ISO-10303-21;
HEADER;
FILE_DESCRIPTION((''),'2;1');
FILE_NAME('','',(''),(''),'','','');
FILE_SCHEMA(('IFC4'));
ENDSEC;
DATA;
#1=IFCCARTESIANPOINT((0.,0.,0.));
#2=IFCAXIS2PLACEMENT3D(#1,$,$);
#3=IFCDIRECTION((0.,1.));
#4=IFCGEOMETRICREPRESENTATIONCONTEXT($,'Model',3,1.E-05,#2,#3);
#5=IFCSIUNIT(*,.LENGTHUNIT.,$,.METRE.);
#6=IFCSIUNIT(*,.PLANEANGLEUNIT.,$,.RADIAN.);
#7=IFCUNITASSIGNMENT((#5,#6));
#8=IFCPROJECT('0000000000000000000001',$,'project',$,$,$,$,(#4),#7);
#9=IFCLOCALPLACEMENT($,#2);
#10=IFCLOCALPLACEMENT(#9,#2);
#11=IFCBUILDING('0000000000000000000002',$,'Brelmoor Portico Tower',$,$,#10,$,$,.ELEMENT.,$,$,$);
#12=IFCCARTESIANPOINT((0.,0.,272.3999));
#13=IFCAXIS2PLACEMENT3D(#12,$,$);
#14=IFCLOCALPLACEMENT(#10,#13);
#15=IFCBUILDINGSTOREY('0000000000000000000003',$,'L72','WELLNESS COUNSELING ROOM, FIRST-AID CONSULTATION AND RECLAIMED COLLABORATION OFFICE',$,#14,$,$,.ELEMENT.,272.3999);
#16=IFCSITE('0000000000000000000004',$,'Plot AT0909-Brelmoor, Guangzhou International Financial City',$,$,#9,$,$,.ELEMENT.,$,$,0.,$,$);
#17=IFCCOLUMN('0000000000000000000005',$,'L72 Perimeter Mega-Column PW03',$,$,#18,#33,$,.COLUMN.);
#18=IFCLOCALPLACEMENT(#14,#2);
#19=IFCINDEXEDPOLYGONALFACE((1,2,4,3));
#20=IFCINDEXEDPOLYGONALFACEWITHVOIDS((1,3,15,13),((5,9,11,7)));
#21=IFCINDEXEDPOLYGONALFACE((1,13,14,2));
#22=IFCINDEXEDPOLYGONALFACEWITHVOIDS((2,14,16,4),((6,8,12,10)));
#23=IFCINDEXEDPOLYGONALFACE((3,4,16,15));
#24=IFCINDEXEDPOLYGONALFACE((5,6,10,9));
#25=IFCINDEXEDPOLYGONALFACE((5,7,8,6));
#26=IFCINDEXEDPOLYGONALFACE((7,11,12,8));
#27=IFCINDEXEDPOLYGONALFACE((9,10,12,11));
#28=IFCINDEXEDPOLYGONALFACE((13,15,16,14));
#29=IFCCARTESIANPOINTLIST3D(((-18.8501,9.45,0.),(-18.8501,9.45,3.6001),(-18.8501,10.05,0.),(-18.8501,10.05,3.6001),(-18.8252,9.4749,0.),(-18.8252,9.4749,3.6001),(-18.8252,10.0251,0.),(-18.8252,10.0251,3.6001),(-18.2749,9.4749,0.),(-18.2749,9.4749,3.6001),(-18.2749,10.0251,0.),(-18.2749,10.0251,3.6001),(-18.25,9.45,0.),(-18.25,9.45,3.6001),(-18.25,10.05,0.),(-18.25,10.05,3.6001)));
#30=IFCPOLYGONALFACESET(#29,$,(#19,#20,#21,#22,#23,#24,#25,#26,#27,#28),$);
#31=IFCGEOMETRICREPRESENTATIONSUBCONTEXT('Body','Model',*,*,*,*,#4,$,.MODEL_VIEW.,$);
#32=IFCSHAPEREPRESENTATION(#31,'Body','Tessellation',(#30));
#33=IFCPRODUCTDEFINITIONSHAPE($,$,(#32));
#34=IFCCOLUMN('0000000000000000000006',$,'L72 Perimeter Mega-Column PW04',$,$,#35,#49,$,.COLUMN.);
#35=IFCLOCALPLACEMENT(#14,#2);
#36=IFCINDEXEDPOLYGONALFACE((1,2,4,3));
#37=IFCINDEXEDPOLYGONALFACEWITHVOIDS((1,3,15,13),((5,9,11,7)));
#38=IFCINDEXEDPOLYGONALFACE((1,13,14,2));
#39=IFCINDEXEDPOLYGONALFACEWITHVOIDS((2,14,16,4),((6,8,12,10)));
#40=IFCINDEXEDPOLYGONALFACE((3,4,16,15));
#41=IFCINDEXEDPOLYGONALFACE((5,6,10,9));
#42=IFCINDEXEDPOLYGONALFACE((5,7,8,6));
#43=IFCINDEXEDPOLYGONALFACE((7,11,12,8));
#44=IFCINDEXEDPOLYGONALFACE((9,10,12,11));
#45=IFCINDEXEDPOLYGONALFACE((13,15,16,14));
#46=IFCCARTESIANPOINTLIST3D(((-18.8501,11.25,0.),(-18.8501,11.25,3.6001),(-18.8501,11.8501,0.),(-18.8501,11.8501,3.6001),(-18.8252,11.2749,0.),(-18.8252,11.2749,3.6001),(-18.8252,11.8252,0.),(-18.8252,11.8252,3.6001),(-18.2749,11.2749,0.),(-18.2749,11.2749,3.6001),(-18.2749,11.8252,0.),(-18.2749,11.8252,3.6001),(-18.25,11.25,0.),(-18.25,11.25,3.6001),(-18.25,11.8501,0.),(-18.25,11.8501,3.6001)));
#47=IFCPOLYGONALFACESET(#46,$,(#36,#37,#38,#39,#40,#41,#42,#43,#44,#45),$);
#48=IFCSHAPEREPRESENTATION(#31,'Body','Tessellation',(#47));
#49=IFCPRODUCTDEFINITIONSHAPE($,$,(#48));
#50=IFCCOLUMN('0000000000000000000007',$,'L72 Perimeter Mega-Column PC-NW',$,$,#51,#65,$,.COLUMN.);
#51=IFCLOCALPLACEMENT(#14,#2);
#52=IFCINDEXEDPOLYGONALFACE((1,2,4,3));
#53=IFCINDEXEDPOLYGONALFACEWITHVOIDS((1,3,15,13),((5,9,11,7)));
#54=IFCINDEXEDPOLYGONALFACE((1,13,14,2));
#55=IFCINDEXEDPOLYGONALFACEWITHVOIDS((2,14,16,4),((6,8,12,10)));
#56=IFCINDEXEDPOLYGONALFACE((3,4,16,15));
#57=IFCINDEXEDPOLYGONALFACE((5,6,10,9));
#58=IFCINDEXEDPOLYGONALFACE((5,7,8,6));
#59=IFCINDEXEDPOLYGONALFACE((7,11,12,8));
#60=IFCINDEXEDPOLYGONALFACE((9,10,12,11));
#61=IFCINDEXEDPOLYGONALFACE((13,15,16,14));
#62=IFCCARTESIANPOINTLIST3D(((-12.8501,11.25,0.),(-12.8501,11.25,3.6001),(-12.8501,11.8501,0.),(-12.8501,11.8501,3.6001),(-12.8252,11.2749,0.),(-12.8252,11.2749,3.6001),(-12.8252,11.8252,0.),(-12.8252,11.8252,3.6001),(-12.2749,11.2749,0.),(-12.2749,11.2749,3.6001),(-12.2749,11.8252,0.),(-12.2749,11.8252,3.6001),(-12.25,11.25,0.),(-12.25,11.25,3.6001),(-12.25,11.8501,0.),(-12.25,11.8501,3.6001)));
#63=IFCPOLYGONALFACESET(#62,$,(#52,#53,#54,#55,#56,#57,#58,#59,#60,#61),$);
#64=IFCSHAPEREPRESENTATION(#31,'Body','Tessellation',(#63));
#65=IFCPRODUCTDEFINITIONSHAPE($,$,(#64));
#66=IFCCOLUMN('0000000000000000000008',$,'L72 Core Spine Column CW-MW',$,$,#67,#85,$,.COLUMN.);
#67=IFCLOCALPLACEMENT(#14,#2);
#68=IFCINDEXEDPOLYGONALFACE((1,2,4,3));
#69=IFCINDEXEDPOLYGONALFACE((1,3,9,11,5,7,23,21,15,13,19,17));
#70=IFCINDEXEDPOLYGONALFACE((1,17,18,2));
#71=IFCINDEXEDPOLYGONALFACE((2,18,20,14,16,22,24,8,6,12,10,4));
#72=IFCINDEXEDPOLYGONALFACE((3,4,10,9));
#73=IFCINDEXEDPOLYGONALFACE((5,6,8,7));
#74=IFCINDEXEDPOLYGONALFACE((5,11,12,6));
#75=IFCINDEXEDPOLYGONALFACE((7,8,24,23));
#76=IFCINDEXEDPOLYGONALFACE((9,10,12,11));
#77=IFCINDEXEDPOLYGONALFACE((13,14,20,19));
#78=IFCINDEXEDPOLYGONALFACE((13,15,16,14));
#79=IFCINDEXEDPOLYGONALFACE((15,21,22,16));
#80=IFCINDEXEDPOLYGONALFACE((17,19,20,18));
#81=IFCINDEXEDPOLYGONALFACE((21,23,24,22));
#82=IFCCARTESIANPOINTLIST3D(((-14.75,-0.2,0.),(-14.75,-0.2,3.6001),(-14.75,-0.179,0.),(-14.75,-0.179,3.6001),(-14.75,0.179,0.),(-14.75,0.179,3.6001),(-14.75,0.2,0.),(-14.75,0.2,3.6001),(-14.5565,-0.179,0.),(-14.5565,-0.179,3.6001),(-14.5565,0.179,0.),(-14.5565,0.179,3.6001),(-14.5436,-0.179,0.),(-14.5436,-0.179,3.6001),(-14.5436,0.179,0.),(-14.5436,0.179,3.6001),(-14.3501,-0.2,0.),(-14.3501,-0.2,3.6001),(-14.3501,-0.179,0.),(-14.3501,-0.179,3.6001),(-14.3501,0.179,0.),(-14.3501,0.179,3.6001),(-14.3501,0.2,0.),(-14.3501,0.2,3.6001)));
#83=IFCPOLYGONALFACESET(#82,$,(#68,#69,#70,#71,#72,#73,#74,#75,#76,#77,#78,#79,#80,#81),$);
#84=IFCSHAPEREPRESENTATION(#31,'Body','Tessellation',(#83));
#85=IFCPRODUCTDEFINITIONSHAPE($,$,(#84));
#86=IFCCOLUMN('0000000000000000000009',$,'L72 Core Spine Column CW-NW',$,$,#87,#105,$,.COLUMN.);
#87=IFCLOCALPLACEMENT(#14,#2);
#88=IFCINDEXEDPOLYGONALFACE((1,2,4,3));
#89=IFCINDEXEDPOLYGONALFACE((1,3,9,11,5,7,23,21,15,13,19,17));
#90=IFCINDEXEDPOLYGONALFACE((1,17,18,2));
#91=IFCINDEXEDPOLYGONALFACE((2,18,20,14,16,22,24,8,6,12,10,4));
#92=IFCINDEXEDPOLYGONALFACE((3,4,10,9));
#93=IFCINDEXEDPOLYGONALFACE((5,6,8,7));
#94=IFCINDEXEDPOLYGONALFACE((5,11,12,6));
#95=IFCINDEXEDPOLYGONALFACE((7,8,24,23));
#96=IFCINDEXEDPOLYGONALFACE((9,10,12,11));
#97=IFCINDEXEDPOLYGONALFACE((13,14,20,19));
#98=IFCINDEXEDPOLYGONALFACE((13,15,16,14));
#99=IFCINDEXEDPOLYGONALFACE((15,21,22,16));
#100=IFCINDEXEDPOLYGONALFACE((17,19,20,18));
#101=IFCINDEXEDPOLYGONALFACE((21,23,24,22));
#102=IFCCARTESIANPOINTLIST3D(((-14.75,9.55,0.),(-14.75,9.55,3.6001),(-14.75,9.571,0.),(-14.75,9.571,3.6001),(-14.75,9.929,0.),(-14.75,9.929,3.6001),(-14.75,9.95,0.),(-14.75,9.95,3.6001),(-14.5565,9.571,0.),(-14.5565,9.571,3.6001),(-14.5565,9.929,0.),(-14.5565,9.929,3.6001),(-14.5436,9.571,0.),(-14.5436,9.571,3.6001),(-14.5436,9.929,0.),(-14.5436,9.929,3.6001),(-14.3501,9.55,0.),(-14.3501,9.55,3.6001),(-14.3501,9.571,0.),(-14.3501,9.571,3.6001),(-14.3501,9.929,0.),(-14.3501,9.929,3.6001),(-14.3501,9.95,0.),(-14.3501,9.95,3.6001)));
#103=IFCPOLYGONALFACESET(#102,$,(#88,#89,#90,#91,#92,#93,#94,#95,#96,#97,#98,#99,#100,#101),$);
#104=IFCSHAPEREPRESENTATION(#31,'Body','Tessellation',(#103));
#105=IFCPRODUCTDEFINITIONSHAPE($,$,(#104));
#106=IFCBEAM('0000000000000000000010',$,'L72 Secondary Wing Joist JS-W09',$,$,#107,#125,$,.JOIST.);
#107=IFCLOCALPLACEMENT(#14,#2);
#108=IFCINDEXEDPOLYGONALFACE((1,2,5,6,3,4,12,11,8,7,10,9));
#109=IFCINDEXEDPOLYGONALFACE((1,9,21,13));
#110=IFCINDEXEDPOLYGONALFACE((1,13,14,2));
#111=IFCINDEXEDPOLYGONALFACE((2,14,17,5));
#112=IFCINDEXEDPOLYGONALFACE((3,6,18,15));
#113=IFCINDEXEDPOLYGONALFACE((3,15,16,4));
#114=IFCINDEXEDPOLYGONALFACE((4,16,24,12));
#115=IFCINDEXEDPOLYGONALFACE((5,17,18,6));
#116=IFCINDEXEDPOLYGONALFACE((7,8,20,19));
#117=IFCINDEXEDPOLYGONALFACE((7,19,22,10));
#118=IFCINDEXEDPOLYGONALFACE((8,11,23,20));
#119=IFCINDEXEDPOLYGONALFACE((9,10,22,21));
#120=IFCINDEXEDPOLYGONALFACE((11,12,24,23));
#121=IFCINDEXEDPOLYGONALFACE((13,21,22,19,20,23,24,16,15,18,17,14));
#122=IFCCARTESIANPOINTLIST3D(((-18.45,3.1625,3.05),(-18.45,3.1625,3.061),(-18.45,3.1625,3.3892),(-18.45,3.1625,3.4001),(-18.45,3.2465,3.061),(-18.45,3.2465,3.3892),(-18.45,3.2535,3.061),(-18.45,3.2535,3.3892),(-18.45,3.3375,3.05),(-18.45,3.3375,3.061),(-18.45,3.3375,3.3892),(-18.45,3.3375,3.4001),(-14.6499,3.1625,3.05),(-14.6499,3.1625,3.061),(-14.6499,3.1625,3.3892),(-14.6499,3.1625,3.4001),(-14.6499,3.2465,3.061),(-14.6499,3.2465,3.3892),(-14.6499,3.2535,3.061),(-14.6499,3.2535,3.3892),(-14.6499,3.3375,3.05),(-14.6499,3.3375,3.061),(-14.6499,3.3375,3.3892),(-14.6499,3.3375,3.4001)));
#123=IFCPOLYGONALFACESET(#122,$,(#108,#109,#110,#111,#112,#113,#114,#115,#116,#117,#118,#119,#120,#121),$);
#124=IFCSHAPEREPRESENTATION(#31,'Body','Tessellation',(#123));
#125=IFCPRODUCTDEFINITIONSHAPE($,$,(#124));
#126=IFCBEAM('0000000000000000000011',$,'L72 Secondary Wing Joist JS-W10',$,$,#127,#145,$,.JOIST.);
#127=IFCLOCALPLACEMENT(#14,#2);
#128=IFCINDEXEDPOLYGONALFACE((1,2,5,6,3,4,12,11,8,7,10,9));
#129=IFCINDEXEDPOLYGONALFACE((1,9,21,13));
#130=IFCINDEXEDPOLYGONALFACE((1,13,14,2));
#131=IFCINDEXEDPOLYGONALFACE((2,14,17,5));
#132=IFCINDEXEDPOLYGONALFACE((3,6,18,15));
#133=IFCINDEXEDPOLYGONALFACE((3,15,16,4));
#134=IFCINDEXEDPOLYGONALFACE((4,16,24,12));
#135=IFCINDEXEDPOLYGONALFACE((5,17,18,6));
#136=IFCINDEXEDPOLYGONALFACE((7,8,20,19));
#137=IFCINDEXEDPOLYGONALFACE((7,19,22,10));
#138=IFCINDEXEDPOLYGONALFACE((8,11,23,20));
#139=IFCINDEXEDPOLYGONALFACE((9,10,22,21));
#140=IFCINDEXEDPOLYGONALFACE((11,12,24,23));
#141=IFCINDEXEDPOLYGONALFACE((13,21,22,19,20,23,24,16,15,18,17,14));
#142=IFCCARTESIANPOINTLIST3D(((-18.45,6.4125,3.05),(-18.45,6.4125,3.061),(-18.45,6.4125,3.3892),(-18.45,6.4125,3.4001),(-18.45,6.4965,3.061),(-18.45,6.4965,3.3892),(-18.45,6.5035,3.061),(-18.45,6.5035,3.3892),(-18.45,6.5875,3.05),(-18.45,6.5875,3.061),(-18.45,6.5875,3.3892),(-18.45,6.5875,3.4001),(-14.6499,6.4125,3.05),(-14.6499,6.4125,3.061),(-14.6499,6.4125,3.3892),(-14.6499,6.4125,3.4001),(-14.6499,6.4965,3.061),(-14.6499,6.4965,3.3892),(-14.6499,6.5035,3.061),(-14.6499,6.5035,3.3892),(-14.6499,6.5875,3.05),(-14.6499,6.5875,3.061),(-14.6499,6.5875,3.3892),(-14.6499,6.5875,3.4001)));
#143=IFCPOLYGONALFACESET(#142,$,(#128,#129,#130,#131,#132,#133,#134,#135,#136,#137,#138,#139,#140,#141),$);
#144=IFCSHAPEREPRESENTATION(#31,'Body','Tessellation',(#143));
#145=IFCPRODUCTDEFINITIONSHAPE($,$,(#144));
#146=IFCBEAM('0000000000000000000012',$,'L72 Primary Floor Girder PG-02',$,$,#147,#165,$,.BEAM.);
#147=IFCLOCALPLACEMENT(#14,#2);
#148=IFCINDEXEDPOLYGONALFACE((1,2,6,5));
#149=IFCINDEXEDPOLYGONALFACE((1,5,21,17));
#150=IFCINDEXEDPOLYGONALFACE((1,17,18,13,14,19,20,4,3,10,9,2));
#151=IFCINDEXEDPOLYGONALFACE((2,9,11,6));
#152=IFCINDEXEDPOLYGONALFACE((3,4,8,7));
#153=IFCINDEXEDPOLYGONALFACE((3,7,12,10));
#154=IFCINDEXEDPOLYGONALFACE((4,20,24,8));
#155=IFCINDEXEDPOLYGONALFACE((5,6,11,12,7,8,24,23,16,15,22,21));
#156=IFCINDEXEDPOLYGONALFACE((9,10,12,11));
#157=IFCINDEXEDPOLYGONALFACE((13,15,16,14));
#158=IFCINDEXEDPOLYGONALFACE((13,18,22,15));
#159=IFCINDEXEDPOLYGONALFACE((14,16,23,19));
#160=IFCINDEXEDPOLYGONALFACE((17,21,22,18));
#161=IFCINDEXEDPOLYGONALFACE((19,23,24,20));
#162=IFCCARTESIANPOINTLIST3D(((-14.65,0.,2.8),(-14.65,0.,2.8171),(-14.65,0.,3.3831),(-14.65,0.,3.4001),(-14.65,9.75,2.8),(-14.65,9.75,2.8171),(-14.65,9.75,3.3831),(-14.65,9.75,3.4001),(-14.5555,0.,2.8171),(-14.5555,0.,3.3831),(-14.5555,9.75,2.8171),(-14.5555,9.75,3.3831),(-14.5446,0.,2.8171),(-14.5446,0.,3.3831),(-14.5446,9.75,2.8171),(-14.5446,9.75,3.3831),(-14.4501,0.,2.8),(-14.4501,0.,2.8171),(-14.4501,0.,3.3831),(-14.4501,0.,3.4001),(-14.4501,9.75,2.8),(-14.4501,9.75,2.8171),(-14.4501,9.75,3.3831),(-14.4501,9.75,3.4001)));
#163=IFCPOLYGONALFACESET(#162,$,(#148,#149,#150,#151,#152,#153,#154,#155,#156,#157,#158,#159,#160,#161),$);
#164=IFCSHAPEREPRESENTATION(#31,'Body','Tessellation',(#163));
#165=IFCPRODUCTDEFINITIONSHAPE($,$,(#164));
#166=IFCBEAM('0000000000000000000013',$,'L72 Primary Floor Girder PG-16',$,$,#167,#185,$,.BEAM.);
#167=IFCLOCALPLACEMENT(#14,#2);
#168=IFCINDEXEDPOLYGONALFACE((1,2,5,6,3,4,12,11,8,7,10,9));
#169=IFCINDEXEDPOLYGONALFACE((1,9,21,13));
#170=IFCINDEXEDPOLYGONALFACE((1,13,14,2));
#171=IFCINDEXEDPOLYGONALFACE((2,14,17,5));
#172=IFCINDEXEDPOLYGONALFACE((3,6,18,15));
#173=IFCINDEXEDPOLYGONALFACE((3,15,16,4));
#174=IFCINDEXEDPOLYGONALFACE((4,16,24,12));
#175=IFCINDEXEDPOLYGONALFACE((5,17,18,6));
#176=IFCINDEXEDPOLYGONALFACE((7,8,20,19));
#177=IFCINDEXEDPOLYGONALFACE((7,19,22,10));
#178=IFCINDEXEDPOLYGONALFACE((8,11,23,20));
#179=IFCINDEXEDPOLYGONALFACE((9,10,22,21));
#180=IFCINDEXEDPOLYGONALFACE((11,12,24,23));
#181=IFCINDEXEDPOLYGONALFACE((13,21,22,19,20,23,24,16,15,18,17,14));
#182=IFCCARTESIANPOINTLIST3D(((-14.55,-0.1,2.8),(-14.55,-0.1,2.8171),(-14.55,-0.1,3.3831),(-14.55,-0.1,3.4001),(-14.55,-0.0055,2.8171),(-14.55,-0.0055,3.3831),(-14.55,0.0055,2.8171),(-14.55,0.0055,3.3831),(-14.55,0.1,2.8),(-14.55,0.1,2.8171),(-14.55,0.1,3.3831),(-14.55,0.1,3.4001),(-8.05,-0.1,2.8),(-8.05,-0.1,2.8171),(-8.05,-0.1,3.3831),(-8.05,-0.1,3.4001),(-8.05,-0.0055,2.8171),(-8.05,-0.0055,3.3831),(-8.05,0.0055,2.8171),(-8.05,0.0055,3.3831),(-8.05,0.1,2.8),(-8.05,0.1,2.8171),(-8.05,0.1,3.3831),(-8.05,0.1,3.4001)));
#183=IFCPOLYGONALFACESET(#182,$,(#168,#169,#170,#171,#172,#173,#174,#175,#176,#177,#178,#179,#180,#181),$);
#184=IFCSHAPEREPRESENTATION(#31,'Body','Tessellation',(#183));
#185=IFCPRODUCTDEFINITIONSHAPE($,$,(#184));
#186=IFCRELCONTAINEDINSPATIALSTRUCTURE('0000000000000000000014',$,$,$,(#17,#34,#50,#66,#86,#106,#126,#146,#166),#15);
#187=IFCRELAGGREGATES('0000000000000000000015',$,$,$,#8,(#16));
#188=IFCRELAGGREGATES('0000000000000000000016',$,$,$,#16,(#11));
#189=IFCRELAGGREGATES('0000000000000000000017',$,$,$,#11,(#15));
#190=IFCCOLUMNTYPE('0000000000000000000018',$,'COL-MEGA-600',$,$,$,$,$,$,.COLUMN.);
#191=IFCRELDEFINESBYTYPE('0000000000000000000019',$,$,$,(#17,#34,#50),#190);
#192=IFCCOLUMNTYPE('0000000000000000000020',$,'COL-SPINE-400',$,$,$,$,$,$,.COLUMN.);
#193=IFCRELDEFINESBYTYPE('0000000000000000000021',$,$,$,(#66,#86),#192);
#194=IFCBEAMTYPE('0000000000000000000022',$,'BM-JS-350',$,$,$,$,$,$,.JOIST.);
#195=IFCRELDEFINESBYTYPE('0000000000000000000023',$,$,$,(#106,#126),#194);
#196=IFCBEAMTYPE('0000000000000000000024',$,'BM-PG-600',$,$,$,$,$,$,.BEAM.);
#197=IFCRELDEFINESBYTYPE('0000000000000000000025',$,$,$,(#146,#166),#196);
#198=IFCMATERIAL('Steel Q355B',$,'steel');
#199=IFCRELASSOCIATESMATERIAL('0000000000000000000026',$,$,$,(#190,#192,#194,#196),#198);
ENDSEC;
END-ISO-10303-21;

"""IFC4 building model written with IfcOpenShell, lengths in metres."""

from ifc_helpers import new_model, si_unit, direction, frame, origin, origin_2d, place, context, subcontext, project, spatial, hollow_rectangle, i_section, extrude, material, material_profile, profile_set, type_object, element, save


model = new_model("IFC4")

# Units and contexts
model_context = context("Model", 3, precision=1e-05, world=origin(), true_north=direction((0.0, 1.0)))
body_context = subcontext(model_context, "Body", "Model", "MODEL_VIEW")
ifc_project = project(units=[si_unit("LENGTHUNIT", "METRE"), si_unit("PLANEANGLEUNIT", "RADIAN")], contexts=[model_context])

# Site, building, storey
site_placement = place(None, origin())
site = spatial("IfcSite", under=ifc_project, at=site_placement, Name="Plot AT0909-Brelmoor, Guangzhou International Financial City", CompositionType="ELEMENT", RefElevation=0.0)
building_placement = place(site_placement, origin())
building = spatial("IfcBuilding", under=site, at=building_placement, Name="Brelmoor Portico Tower", CompositionType="ELEMENT")
storey_placement = place(building_placement, frame((0.0, 0.0, 272.3999)))
storey = spatial("IfcBuildingStorey", under=building, at=storey_placement, Name="L72", Description="WELLNESS COUNSELING ROOM, FIRST-AID CONSULTATION AND RECLAIMED COLLABORATION OFFICE", CompositionType="ELEMENT", Elevation=272.3999)

# Columns
ifc_material_1 = material(Name="Steel Q355B", Category="steel")
ifc_material_profile_1 = material_profile(ifc_material_1, hollow_rectangle(XDim=0.6001, YDim=0.6001, WallThickness=0.0249, at=origin_2d()), Name="BOX 600x600x25")
ifc_profile_set_1 = profile_set([ifc_material_profile_1], Name="Steel Q355B")
column_type_1 = type_object("IfcColumnType", Name="COL-MEGA-600", PredefinedType="COLUMN", material=ifc_profile_set_1)
for number, where, z_axis, x_axis, name in (
    (1, (-18.55, 9.75, 0.0), (0.0, 0.0, 1.0), (0.0, 1.0, 0.0), "L72 Perimeter Mega-Column PW03"),
    (2, (-18.55, 11.55, 0.0), (0.0, 0.0, 1.0), (0.0, 1.0, 0.0), "L72 Perimeter Mega-Column PW04"),
    (3, (-12.55, 11.55, 0.0), (0.0, 0.0, 1.0), (1.0, 0.0, 0.0), "L72 Perimeter Mega-Column PC-NW"),
):
    element("IfcColumn", number, at=place(storey_placement, frame(where, z_axis=z_axis, x_axis=x_axis)), inside=storey, type_object=column_type_1, Name=name, PredefinedType="COLUMN", context=body_context, shape_type="SweptSolid", body=[
        extrude(hollow_rectangle(XDim=0.6001, YDim=0.6001, WallThickness=0.0249, at=origin_2d()), origin(), (0.0, 0.0, 1.0), 3.6001),
    ])
ifc_material_profile_2 = material_profile(ifc_material_1, i_section(OverallWidth=0.3999, OverallDepth=0.3999, WebThickness=0.0129, FlangeThickness=0.021, at=origin_2d()), Name="HW 400x400x13x21")
ifc_profile_set_2 = profile_set([ifc_material_profile_2], Name="Steel Q355B")
column_type_2 = type_object("IfcColumnType", Name="COL-SPINE-400", PredefinedType="COLUMN", material=ifc_profile_set_2)
for number, where, z_axis, x_axis, name in (
    (4, (-14.55, 0.0, 0.0), (0.0, 0.0, 1.0), (1.0, 0.0, 0.0), "L72 Core Spine Column CW-MW"),
    (5, (-14.55, 9.75, 0.0), (0.0, 0.0, 1.0), (1.0, 0.0, 0.0), "L72 Core Spine Column CW-NW"),
):
    element("IfcColumn", number, at=place(storey_placement, frame(where, z_axis=z_axis, x_axis=x_axis)), inside=storey, type_object=column_type_2, Name=name, PredefinedType="COLUMN", context=body_context, shape_type="SweptSolid", body=[
        extrude(i_section(OverallWidth=0.3999, OverallDepth=0.3999, WebThickness=0.0129, FlangeThickness=0.021, at=origin_2d()), origin(), (0.0, 0.0, 1.0), 3.6001),
    ])

# Beams
ifc_material_profile_3 = material_profile(ifc_material_1, i_section(OverallWidth=0.175, OverallDepth=0.3501, WebThickness=0.0071, FlangeThickness=0.011, at=origin_2d()), Name="HN 350x175x7x11")
ifc_profile_set_3 = profile_set([ifc_material_profile_3], Name="Steel Q355B")
beam_type_1 = type_object("IfcBeamType", Name="BM-JS-350", PredefinedType="JOIST", material=ifc_profile_set_3)
for number, where, z_axis, x_axis, name in (
    (6, (-18.45, 3.25, 3.2251), (1.0, 0.0, 0.0), (0.0, 1.0, 0.0), "L72 Secondary Wing Joist JS-W09"),
    (7, (-18.45, 6.5, 3.2251), (1.0, 0.0, 0.0), (0.0, 1.0, 0.0), "L72 Secondary Wing Joist JS-W10"),
):
    element("IfcBeam", number, at=place(storey_placement, frame(where, z_axis=z_axis, x_axis=x_axis)), inside=storey, type_object=beam_type_1, Name=name, PredefinedType="JOIST", context=body_context, shape_type="SweptSolid", body=[
        extrude(i_section(OverallWidth=0.175, OverallDepth=0.3501, WebThickness=0.0071, FlangeThickness=0.011, at=origin_2d()), origin(), (0.0, 0.0, 1.0), 3.8),
    ])
ifc_material_profile_4 = material_profile(ifc_material_1, i_section(OverallWidth=0.2, OverallDepth=0.6001, WebThickness=0.011, FlangeThickness=0.0171, at=origin_2d()), Name="HN 600x200x11x17")
ifc_profile_set_4 = profile_set([ifc_material_profile_4], Name="Steel Q355B")
beam_type_2 = type_object("IfcBeamType", Name="BM-PG-600", PredefinedType="BEAM", material=ifc_profile_set_4)
beam_1_placement = place(storey_placement, frame((-14.55, 0.0, 3.1001), z_axis=(0.0, 1.0, 0.0), x_axis=(-1.0, 0.0, 0.0)))
element("IfcBeam", 8, at=beam_1_placement, inside=storey, type_object=beam_type_2, Name="L72 Primary Floor Girder PG-02", PredefinedType="BEAM", context=body_context, shape_type="SweptSolid", body=[
    extrude(i_section(OverallWidth=0.2, OverallDepth=0.6001, WebThickness=0.011, FlangeThickness=0.0171, at=origin_2d()), origin(), (0.0, 0.0, 1.0), 9.75),
])
beam_2_placement = place(storey_placement, frame((-14.55, 0.0, 3.1001), z_axis=(1.0, 0.0, 0.0), x_axis=(0.0, 1.0, 0.0)))
element("IfcBeam", 9, at=beam_2_placement, inside=storey, type_object=beam_type_2, Name="L72 Primary Floor Girder PG-16", PredefinedType="BEAM", context=body_context, shape_type="SweptSolid", body=[
    extrude(i_section(OverallWidth=0.2, OverallDepth=0.6001, WebThickness=0.011, FlangeThickness=0.0171, at=origin_2d()), origin(), (0.0, 0.0, 1.0), 6.5),
])

save(model, "model.ifc")
